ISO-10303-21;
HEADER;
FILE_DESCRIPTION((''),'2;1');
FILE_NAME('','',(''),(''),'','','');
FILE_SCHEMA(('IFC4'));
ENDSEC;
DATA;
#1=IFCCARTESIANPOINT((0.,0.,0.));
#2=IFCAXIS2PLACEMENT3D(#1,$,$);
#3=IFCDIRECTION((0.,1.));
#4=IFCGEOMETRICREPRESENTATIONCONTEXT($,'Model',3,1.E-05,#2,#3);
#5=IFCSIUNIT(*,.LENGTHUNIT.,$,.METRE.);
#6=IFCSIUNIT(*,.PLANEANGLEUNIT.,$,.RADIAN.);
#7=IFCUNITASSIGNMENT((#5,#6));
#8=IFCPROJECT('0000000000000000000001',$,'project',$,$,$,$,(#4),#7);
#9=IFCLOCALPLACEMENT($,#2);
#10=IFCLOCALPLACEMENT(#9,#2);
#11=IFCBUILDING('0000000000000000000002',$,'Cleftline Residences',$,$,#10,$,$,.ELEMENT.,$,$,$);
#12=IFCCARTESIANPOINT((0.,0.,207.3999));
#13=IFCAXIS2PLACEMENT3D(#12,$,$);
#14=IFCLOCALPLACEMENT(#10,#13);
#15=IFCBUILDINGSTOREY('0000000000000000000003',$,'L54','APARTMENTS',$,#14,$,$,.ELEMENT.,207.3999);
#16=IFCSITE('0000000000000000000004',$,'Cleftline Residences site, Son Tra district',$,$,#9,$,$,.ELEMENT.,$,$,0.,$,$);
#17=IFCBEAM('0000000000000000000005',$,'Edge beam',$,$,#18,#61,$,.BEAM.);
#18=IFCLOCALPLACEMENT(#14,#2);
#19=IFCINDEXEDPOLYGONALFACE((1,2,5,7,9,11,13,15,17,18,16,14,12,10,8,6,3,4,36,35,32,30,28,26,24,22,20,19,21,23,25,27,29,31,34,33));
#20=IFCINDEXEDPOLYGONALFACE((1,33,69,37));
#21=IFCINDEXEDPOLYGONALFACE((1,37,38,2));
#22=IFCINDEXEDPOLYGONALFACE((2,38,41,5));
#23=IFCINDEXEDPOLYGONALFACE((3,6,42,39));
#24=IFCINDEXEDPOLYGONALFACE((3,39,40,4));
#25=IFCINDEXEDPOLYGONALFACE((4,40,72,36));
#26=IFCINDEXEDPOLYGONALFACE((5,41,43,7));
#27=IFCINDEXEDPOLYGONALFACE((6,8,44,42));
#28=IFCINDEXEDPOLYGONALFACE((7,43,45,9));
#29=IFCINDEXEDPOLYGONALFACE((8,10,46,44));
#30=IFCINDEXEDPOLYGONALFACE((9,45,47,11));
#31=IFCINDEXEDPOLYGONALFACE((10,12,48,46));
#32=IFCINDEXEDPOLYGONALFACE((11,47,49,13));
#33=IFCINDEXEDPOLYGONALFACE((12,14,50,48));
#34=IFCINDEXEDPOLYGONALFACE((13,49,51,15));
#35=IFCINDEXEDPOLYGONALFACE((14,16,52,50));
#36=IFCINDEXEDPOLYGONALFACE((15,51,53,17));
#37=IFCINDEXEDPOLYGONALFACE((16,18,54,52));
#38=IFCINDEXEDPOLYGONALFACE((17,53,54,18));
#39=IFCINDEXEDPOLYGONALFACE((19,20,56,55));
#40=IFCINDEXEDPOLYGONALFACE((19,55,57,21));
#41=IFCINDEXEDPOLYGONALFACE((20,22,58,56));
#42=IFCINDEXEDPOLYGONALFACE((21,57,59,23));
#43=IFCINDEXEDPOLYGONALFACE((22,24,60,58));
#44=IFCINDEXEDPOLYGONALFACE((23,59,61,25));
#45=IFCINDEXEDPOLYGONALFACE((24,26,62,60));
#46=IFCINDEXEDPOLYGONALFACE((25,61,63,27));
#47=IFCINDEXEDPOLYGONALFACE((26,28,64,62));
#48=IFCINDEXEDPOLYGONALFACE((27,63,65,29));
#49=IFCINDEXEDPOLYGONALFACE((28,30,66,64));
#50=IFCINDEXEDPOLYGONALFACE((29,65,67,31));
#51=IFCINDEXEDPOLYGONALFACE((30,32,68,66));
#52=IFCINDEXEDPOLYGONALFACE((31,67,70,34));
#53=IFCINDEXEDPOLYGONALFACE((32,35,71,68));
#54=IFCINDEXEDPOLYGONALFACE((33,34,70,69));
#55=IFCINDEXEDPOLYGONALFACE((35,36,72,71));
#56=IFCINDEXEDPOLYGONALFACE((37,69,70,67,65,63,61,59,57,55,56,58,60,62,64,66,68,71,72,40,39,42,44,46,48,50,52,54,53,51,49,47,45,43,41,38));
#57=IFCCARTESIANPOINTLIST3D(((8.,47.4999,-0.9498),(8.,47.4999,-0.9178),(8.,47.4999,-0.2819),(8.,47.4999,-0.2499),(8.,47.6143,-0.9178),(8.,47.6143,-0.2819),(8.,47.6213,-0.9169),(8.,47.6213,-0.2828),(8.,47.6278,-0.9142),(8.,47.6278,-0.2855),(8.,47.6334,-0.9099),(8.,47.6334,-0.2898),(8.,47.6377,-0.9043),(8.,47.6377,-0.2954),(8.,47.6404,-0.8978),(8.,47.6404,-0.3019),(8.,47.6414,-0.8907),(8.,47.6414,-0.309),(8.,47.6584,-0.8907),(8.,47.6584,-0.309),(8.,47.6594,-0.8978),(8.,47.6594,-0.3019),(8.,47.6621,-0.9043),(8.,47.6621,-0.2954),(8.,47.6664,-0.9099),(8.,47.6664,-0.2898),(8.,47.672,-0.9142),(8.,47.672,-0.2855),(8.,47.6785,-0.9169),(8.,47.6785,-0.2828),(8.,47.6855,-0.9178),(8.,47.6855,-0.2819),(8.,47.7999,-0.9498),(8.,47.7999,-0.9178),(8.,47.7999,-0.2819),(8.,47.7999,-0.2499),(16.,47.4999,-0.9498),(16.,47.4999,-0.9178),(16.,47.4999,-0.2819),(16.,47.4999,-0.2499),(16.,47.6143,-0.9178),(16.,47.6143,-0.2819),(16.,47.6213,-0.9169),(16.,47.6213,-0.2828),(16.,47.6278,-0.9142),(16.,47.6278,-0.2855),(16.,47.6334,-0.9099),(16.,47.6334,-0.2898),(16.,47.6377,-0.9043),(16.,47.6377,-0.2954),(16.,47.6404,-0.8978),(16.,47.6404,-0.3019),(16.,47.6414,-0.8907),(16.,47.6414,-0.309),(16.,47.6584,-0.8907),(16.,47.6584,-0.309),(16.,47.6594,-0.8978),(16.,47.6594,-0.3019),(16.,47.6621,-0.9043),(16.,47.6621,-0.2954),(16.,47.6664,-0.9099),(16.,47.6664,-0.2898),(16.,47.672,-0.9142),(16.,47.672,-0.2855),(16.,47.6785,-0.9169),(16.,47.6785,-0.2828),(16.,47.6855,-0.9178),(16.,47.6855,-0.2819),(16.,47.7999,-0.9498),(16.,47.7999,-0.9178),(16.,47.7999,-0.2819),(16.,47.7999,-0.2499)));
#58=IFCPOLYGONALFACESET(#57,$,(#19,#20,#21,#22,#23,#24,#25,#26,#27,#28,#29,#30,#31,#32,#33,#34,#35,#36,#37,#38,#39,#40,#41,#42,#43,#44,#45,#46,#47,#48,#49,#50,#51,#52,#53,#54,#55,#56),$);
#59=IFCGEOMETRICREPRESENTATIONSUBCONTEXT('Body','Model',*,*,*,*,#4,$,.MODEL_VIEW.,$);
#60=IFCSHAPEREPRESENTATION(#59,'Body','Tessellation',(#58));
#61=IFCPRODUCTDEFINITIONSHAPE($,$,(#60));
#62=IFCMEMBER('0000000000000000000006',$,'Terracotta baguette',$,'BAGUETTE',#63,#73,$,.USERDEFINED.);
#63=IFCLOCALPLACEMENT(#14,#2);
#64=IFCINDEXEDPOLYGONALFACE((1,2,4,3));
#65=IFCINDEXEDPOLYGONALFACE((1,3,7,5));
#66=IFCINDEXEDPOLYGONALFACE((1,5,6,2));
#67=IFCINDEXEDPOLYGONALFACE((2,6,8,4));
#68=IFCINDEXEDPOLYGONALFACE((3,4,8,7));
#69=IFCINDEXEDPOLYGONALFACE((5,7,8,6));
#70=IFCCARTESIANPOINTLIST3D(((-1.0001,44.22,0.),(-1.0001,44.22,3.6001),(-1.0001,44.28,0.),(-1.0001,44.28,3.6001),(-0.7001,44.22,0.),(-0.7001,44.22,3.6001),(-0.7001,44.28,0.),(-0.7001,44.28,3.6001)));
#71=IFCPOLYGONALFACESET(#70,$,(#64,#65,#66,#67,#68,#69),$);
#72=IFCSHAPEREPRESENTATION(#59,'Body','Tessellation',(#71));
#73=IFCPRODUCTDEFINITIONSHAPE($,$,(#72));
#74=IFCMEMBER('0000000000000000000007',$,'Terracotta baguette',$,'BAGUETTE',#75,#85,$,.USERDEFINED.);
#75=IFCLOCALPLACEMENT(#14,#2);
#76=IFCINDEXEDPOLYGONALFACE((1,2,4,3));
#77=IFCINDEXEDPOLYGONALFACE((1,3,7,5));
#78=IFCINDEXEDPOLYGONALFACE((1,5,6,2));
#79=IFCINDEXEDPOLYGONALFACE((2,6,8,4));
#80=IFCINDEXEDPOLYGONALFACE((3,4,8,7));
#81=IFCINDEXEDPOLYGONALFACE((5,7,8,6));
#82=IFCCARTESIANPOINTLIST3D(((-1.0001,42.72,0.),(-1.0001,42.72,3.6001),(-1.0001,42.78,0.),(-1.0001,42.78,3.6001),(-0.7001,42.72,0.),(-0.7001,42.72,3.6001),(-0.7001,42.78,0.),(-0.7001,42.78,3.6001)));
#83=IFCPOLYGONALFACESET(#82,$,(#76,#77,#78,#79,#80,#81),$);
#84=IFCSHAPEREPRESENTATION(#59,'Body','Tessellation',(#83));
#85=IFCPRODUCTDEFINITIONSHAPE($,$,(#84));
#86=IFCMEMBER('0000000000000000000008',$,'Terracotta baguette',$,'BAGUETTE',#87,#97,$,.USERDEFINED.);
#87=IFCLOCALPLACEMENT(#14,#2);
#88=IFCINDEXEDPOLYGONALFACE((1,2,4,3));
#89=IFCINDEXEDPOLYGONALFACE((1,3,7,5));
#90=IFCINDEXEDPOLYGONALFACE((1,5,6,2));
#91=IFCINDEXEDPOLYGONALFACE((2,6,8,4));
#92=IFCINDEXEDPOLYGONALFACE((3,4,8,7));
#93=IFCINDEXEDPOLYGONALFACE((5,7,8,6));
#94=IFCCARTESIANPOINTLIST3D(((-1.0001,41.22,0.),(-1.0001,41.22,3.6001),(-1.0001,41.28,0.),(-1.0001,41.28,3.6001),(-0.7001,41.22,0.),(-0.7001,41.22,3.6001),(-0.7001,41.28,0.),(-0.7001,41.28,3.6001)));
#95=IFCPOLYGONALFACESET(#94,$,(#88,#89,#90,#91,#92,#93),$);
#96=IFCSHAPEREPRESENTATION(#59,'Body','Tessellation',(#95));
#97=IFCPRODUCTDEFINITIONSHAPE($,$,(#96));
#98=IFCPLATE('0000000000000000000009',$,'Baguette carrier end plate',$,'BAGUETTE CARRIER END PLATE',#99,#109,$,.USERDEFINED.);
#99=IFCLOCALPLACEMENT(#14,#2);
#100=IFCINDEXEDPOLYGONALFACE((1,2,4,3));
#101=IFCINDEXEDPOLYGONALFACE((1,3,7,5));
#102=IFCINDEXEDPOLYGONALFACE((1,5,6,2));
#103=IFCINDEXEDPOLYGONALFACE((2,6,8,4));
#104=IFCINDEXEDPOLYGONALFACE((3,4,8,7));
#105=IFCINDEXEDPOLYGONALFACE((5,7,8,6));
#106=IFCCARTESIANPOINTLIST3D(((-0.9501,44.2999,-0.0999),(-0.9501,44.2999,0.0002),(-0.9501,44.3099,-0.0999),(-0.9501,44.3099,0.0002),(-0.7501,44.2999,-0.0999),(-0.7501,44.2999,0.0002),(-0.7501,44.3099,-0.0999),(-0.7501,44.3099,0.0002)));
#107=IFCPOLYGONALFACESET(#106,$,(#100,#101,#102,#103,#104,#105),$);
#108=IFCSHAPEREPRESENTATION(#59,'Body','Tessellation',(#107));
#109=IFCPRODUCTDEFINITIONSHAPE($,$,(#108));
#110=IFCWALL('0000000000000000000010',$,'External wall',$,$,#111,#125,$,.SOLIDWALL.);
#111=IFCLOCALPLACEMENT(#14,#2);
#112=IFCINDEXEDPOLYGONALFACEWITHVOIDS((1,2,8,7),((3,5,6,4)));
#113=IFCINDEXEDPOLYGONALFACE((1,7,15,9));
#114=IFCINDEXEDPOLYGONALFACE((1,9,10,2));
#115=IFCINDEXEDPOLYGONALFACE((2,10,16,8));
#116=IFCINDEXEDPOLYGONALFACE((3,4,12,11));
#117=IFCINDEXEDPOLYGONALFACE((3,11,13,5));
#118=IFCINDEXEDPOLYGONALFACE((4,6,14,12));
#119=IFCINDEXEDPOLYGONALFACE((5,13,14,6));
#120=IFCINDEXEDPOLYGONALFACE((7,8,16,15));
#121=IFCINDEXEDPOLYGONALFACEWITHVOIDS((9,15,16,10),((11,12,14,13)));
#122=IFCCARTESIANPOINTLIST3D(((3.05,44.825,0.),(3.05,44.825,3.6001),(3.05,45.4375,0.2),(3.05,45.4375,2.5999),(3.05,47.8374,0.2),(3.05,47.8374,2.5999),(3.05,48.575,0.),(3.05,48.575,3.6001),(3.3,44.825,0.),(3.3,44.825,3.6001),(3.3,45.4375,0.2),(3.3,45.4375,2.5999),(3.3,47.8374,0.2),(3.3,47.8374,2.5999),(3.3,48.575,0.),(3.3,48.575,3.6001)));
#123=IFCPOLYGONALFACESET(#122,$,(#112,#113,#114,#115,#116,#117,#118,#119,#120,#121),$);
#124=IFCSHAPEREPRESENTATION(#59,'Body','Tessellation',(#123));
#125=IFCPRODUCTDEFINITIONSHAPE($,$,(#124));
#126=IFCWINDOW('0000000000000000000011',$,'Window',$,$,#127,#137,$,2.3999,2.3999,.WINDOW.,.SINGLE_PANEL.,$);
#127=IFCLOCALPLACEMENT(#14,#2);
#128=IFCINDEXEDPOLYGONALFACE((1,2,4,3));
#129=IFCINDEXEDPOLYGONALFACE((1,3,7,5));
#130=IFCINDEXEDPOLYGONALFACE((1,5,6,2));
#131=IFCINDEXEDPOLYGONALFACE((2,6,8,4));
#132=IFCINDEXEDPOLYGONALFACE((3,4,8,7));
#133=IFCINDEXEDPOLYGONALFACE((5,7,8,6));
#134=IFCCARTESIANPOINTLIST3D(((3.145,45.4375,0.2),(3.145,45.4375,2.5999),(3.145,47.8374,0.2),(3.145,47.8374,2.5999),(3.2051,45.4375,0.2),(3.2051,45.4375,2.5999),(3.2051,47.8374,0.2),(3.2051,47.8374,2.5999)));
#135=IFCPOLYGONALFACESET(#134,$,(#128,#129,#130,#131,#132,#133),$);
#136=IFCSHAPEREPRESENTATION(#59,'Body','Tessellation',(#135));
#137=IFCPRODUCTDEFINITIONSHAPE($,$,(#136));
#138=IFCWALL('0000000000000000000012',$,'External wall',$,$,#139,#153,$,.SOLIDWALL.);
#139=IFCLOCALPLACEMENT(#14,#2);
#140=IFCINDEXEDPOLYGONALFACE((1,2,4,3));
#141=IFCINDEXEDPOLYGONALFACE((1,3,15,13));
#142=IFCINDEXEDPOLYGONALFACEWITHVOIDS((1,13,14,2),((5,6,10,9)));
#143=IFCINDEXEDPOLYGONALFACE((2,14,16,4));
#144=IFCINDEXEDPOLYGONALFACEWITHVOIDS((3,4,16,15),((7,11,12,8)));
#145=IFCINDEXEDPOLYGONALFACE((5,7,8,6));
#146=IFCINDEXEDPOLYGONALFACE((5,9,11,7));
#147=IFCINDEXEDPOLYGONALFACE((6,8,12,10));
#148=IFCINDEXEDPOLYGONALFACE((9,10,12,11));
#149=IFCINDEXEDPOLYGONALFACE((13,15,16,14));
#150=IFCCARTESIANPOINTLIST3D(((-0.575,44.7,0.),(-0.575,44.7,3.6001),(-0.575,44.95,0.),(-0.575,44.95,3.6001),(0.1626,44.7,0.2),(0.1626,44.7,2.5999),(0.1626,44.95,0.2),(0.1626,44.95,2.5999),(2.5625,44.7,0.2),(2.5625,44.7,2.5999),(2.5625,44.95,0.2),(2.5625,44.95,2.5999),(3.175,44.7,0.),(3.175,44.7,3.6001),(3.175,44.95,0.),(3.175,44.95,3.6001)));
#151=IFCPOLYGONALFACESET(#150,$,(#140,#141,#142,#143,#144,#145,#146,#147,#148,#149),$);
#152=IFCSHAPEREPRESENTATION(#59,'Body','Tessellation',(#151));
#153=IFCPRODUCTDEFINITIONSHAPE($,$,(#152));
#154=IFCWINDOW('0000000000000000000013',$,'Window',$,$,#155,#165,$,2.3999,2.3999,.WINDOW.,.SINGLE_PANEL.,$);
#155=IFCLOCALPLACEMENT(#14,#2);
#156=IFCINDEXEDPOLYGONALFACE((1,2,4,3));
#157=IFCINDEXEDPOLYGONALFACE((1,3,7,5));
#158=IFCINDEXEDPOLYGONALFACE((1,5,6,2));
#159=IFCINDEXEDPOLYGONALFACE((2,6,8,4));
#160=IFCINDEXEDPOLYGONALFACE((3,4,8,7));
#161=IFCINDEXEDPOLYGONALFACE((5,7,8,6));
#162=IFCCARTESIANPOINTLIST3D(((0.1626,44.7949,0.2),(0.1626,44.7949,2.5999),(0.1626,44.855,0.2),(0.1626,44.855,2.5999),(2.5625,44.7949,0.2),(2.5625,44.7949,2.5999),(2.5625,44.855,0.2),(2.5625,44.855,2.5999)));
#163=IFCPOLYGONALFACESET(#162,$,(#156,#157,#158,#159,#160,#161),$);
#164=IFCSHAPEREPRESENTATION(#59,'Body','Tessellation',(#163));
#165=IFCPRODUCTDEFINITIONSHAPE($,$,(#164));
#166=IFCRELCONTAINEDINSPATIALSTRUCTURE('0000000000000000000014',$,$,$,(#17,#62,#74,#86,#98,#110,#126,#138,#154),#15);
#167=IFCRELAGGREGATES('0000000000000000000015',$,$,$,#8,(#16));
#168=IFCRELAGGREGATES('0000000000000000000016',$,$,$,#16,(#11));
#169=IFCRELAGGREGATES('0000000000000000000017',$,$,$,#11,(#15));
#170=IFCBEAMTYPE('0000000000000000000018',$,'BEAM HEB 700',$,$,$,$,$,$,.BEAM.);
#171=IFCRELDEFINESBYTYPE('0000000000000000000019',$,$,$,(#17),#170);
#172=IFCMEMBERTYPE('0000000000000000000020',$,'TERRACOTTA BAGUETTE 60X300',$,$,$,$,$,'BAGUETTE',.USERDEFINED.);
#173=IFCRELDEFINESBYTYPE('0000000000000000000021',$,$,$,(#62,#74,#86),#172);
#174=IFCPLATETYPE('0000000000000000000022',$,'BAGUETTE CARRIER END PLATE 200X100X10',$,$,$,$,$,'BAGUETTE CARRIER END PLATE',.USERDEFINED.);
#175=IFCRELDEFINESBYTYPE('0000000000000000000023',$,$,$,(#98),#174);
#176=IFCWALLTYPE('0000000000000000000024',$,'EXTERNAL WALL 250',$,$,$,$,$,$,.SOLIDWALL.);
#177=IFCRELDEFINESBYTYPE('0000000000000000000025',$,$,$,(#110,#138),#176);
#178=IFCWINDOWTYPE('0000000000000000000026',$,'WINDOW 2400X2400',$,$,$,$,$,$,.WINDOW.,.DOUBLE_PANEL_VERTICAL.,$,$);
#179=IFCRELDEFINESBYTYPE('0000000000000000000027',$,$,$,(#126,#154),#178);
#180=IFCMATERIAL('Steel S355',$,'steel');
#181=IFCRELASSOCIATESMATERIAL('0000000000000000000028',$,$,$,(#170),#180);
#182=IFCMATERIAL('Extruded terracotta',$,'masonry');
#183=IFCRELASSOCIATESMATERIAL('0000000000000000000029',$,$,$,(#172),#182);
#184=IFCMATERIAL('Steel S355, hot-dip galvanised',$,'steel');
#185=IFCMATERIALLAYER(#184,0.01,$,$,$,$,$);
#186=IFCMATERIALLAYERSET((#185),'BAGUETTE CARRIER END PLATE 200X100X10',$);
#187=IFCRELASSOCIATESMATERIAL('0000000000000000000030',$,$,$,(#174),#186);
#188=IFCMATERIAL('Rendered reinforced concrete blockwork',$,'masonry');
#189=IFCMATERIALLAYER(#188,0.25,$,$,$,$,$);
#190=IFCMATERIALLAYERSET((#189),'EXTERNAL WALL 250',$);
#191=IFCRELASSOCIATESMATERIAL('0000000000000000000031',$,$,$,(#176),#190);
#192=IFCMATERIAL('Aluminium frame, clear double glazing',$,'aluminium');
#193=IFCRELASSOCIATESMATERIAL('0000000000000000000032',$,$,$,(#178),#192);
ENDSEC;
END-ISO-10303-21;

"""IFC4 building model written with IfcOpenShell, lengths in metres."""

from ifc_helpers import new_model, si_unit, direction, frame, frame_2d, origin, origin_2d, place, context, subcontext, project, spatial, rectangle, i_section, extrude, material, layer, layer_set, material_profile, profile_set, type_object, element, fill, save


model = new_model("IFC4")

# Units and contexts
model_context = context("Model", 3, precision=1e-05, world=origin(), true_north=direction((0.0, 1.0)))
body_context = subcontext(model_context, "Body", "Model", "MODEL_VIEW")
ifc_project = project(units=[si_unit("LENGTHUNIT", "METRE"), si_unit("PLANEANGLEUNIT", "RADIAN")], contexts=[model_context])

# Site, building, storey
site_placement = place(None, origin())
site = spatial("IfcSite", under=ifc_project, at=site_placement, Name="Cleftline Residences site, Son Tra district", CompositionType="ELEMENT", RefElevation=0.0)
building_placement = place(site_placement, origin())
building = spatial("IfcBuilding", under=site, at=building_placement, Name="Cleftline Residences", CompositionType="ELEMENT")
storey_placement = place(building_placement, frame((0.0, 0.0, 207.3999)))
storey = spatial("IfcBuildingStorey", under=building, at=storey_placement, Name="L54", Description="APARTMENTS", CompositionType="ELEMENT", Elevation=207.3999)

# Beam
ifc_material_1 = material(Name="Steel S355", Category="steel")
ifc_material_profile_1 = material_profile(ifc_material_1, i_section(OverallWidth=0.3, OverallDepth=0.7, WebThickness=0.0171, FlangeThickness=0.032, FilletRadius=0.0271, at=origin_2d()))
ifc_profile_set_1 = profile_set([ifc_material_profile_1], Name="Steel S355")
beam_type = type_object("IfcBeamType", Name="BEAM HEB 700", PredefinedType="BEAM", material=ifc_profile_set_1)
beam_placement = place(storey_placement, frame((8.0, 47.6499, -0.5999), z_axis=(1.0, 0.0, 0.0), x_axis=(0.0, 1.0, 0.0)))
element("IfcBeam", 1, at=beam_placement, inside=storey, type_object=beam_type, Name="Edge beam", PredefinedType="BEAM", context=body_context, shape_type="SweptSolid", body=[
    extrude(i_section(OverallWidth=0.3, OverallDepth=0.7, WebThickness=0.0171, FlangeThickness=0.032, FilletRadius=0.0271, at=origin_2d()), origin(), (0.0, 0.0, 1.0), 8.0),
])

# Members
ifc_material_2 = material(Name="Extruded terracotta", Category="masonry")
ifc_material_profile_2 = material_profile(ifc_material_2, rectangle(XDim=0.0601, YDim=0.3, at=origin_2d()))
ifc_profile_set_2 = profile_set([ifc_material_profile_2], Name="Extruded terracotta")
member_type_1 = type_object("IfcMemberType", Name="TERRACOTTA BAGUETTE 60X300", ElementType="BAGUETTE", PredefinedType="USERDEFINED", material=ifc_profile_set_2)
for number, where, z_axis, x_axis, name in (
    (2, (-0.8501, 44.25, 0.0), (0.0, 0.0, 1.0), (0.0, 1.0, 0.0), "Terracotta baguette"),
    (3, (-0.8501, 42.75, 0.0), (0.0, 0.0, 1.0), (0.0, 1.0, 0.0), "Terracotta baguette"),
    (4, (-0.8501, 41.25, 0.0), (0.0, 0.0, 1.0), (0.0, 1.0, 0.0), "Terracotta baguette"),
):
    element("IfcMember", number, at=place(storey_placement, frame(where, z_axis=z_axis, x_axis=x_axis)), inside=storey, type_object=member_type_1, Name=name, ObjectType="BAGUETTE", PredefinedType="USERDEFINED", context=body_context, shape_type="SweptSolid", body=[
        extrude(rectangle(XDim=0.0601, YDim=0.3, at=origin_2d()), origin(), (0.0, 0.0, 1.0), 3.6001),
    ])

# Plate
ifc_material_3 = material(Name="Steel S355, hot-dip galvanised", Category="steel")
ifc_layer_1 = layer(ifc_material_3, 0.01)
ifc_layer_set_1 = layer_set([ifc_layer_1], Name="BAGUETTE CARRIER END PLATE 200X100X10")
plate_type = type_object("IfcPlateType", Name="BAGUETTE CARRIER END PLATE 200X100X10", ElementType="BAGUETTE CARRIER END PLATE", PredefinedType="USERDEFINED", material=ifc_layer_set_1)
plate_placement = place(storey_placement, frame((-0.8501, 44.3049, -0.0999), z_axis=(0.0, 0.0, 1.0), x_axis=(-1.0, 0.0, 0.0)))
element("IfcPlate", 5, at=plate_placement, inside=storey, type_object=plate_type, Name="Baguette carrier end plate", ObjectType="BAGUETTE CARRIER END PLATE", PredefinedType="USERDEFINED", context=body_context, shape_type="SweptSolid", body=[
    extrude(rectangle(XDim=0.2, YDim=0.01, at=origin_2d()), origin(), (0.0, 0.0, 1.0), 0.1001),
])

# Walls, openings, windows
ifc_material_4 = material(Name="Rendered reinforced concrete blockwork", Category="masonry")
ifc_layer_2 = layer(ifc_material_4, 0.25)
ifc_layer_set_2 = layer_set([ifc_layer_2], Name="EXTERNAL WALL 250")
wall_type_1 = type_object("IfcWallType", Name="EXTERNAL WALL 250", PredefinedType="SOLIDWALL", material=ifc_layer_set_2)
wall_1_placement = place(storey_placement, frame((3.175, 48.575, 0.0), z_axis=(0.0, 0.0, 1.0), x_axis=(0.0, -1.0, 0.0)))
wall_1 = element("IfcWall", 6, at=wall_1_placement, inside=storey, type_object=wall_type_1, Name="External wall", PredefinedType="SOLIDWALL", context=body_context, shape_type="SweptSolid", body=[
    extrude(rectangle(XDim=3.75, YDim=0.25, at=frame_2d((1.875, 0.0))), origin(), (0.0, 0.0, 1.0), 3.6001),
])
opening_1_placement = place(wall_1_placement, frame((0.7375, 0.0, 0.2)))
opening_1 = element("IfcOpeningElement", 7, at=opening_1_placement, cuts=wall_1, PredefinedType="OPENING", context=body_context, shape_type="SweptSolid", body=[
    extrude(rectangle(XDim=2.3999, YDim=2.3999, at=frame_2d((1.2, 1.2))), frame((0.0, 0.135, 0.0), z_axis=(0.0, -1.0, 0.0), x_axis=(1.0, 0.0, 0.0)), (0.0, 0.0, 1.0), 0.27),
])
ifc_material_5 = material(Name="Aluminium frame, clear double glazing", Category="aluminium")
window_type_1 = type_object("IfcWindowType", Name="WINDOW 2400X2400", PartitioningType="DOUBLE_PANEL_VERTICAL", PredefinedType="WINDOW", material=ifc_material_5)
window_1_placement = place(opening_1_placement, origin())
window_1 = element("IfcWindow", 8, at=window_1_placement, inside=storey, type_object=window_type_1, Name="Window", OverallHeight=2.3999, OverallWidth=2.3999, PartitioningType="SINGLE_PANEL", PredefinedType="WINDOW", context=body_context, shape_type="SweptSolid", body=[
    extrude(rectangle(XDim=2.3999, YDim=2.3999, at=frame_2d((1.2, 1.2))), frame((0.0, 0.03, 0.0), z_axis=(0.0, -1.0, 0.0), x_axis=(1.0, 0.0, 0.0)), (0.0, 0.0, 1.0), 0.0601),
])
fill(opening_1, window_1)
wall_2_placement = place(storey_placement, frame((3.175, 44.825, 0.0), z_axis=(0.0, 0.0, 1.0), x_axis=(-1.0, 0.0, 0.0)))
wall_2 = element("IfcWall", 9, at=wall_2_placement, inside=storey, type_object=wall_type_1, Name="External wall", PredefinedType="SOLIDWALL", context=body_context, shape_type="SweptSolid", body=[
    extrude(rectangle(XDim=3.75, YDim=0.25, at=frame_2d((1.875, 0.0))), origin(), (0.0, 0.0, 1.0), 3.6001),
])
opening_2_placement = place(wall_2_placement, frame((0.6125, 0.0, 0.2)))
opening_2 = element("IfcOpeningElement", 10, at=opening_2_placement, cuts=wall_2, PredefinedType="OPENING", context=body_context, shape_type="SweptSolid", body=[
    extrude(rectangle(XDim=2.3999, YDim=2.3999, at=frame_2d((1.2, 1.2))), frame((0.0, 0.135, 0.0), z_axis=(0.0, -1.0, 0.0), x_axis=(1.0, 0.0, 0.0)), (0.0, 0.0, 1.0), 0.27),
])
window_2_placement = place(opening_2_placement, origin())
window_2 = element("IfcWindow", 11, at=window_2_placement, inside=storey, type_object=window_type_1, Name="Window", OverallHeight=2.3999, OverallWidth=2.3999, PartitioningType="SINGLE_PANEL", PredefinedType="WINDOW", context=body_context, shape_type="SweptSolid", body=[
    extrude(rectangle(XDim=2.3999, YDim=2.3999, at=frame_2d((1.2, 1.2))), frame((0.0, 0.03, 0.0), z_axis=(0.0, -1.0, 0.0), x_axis=(1.0, 0.0, 0.0)), (0.0, 0.0, 1.0), 0.0601),
])
fill(opening_2, window_2)

save(model, "model.ifc")
